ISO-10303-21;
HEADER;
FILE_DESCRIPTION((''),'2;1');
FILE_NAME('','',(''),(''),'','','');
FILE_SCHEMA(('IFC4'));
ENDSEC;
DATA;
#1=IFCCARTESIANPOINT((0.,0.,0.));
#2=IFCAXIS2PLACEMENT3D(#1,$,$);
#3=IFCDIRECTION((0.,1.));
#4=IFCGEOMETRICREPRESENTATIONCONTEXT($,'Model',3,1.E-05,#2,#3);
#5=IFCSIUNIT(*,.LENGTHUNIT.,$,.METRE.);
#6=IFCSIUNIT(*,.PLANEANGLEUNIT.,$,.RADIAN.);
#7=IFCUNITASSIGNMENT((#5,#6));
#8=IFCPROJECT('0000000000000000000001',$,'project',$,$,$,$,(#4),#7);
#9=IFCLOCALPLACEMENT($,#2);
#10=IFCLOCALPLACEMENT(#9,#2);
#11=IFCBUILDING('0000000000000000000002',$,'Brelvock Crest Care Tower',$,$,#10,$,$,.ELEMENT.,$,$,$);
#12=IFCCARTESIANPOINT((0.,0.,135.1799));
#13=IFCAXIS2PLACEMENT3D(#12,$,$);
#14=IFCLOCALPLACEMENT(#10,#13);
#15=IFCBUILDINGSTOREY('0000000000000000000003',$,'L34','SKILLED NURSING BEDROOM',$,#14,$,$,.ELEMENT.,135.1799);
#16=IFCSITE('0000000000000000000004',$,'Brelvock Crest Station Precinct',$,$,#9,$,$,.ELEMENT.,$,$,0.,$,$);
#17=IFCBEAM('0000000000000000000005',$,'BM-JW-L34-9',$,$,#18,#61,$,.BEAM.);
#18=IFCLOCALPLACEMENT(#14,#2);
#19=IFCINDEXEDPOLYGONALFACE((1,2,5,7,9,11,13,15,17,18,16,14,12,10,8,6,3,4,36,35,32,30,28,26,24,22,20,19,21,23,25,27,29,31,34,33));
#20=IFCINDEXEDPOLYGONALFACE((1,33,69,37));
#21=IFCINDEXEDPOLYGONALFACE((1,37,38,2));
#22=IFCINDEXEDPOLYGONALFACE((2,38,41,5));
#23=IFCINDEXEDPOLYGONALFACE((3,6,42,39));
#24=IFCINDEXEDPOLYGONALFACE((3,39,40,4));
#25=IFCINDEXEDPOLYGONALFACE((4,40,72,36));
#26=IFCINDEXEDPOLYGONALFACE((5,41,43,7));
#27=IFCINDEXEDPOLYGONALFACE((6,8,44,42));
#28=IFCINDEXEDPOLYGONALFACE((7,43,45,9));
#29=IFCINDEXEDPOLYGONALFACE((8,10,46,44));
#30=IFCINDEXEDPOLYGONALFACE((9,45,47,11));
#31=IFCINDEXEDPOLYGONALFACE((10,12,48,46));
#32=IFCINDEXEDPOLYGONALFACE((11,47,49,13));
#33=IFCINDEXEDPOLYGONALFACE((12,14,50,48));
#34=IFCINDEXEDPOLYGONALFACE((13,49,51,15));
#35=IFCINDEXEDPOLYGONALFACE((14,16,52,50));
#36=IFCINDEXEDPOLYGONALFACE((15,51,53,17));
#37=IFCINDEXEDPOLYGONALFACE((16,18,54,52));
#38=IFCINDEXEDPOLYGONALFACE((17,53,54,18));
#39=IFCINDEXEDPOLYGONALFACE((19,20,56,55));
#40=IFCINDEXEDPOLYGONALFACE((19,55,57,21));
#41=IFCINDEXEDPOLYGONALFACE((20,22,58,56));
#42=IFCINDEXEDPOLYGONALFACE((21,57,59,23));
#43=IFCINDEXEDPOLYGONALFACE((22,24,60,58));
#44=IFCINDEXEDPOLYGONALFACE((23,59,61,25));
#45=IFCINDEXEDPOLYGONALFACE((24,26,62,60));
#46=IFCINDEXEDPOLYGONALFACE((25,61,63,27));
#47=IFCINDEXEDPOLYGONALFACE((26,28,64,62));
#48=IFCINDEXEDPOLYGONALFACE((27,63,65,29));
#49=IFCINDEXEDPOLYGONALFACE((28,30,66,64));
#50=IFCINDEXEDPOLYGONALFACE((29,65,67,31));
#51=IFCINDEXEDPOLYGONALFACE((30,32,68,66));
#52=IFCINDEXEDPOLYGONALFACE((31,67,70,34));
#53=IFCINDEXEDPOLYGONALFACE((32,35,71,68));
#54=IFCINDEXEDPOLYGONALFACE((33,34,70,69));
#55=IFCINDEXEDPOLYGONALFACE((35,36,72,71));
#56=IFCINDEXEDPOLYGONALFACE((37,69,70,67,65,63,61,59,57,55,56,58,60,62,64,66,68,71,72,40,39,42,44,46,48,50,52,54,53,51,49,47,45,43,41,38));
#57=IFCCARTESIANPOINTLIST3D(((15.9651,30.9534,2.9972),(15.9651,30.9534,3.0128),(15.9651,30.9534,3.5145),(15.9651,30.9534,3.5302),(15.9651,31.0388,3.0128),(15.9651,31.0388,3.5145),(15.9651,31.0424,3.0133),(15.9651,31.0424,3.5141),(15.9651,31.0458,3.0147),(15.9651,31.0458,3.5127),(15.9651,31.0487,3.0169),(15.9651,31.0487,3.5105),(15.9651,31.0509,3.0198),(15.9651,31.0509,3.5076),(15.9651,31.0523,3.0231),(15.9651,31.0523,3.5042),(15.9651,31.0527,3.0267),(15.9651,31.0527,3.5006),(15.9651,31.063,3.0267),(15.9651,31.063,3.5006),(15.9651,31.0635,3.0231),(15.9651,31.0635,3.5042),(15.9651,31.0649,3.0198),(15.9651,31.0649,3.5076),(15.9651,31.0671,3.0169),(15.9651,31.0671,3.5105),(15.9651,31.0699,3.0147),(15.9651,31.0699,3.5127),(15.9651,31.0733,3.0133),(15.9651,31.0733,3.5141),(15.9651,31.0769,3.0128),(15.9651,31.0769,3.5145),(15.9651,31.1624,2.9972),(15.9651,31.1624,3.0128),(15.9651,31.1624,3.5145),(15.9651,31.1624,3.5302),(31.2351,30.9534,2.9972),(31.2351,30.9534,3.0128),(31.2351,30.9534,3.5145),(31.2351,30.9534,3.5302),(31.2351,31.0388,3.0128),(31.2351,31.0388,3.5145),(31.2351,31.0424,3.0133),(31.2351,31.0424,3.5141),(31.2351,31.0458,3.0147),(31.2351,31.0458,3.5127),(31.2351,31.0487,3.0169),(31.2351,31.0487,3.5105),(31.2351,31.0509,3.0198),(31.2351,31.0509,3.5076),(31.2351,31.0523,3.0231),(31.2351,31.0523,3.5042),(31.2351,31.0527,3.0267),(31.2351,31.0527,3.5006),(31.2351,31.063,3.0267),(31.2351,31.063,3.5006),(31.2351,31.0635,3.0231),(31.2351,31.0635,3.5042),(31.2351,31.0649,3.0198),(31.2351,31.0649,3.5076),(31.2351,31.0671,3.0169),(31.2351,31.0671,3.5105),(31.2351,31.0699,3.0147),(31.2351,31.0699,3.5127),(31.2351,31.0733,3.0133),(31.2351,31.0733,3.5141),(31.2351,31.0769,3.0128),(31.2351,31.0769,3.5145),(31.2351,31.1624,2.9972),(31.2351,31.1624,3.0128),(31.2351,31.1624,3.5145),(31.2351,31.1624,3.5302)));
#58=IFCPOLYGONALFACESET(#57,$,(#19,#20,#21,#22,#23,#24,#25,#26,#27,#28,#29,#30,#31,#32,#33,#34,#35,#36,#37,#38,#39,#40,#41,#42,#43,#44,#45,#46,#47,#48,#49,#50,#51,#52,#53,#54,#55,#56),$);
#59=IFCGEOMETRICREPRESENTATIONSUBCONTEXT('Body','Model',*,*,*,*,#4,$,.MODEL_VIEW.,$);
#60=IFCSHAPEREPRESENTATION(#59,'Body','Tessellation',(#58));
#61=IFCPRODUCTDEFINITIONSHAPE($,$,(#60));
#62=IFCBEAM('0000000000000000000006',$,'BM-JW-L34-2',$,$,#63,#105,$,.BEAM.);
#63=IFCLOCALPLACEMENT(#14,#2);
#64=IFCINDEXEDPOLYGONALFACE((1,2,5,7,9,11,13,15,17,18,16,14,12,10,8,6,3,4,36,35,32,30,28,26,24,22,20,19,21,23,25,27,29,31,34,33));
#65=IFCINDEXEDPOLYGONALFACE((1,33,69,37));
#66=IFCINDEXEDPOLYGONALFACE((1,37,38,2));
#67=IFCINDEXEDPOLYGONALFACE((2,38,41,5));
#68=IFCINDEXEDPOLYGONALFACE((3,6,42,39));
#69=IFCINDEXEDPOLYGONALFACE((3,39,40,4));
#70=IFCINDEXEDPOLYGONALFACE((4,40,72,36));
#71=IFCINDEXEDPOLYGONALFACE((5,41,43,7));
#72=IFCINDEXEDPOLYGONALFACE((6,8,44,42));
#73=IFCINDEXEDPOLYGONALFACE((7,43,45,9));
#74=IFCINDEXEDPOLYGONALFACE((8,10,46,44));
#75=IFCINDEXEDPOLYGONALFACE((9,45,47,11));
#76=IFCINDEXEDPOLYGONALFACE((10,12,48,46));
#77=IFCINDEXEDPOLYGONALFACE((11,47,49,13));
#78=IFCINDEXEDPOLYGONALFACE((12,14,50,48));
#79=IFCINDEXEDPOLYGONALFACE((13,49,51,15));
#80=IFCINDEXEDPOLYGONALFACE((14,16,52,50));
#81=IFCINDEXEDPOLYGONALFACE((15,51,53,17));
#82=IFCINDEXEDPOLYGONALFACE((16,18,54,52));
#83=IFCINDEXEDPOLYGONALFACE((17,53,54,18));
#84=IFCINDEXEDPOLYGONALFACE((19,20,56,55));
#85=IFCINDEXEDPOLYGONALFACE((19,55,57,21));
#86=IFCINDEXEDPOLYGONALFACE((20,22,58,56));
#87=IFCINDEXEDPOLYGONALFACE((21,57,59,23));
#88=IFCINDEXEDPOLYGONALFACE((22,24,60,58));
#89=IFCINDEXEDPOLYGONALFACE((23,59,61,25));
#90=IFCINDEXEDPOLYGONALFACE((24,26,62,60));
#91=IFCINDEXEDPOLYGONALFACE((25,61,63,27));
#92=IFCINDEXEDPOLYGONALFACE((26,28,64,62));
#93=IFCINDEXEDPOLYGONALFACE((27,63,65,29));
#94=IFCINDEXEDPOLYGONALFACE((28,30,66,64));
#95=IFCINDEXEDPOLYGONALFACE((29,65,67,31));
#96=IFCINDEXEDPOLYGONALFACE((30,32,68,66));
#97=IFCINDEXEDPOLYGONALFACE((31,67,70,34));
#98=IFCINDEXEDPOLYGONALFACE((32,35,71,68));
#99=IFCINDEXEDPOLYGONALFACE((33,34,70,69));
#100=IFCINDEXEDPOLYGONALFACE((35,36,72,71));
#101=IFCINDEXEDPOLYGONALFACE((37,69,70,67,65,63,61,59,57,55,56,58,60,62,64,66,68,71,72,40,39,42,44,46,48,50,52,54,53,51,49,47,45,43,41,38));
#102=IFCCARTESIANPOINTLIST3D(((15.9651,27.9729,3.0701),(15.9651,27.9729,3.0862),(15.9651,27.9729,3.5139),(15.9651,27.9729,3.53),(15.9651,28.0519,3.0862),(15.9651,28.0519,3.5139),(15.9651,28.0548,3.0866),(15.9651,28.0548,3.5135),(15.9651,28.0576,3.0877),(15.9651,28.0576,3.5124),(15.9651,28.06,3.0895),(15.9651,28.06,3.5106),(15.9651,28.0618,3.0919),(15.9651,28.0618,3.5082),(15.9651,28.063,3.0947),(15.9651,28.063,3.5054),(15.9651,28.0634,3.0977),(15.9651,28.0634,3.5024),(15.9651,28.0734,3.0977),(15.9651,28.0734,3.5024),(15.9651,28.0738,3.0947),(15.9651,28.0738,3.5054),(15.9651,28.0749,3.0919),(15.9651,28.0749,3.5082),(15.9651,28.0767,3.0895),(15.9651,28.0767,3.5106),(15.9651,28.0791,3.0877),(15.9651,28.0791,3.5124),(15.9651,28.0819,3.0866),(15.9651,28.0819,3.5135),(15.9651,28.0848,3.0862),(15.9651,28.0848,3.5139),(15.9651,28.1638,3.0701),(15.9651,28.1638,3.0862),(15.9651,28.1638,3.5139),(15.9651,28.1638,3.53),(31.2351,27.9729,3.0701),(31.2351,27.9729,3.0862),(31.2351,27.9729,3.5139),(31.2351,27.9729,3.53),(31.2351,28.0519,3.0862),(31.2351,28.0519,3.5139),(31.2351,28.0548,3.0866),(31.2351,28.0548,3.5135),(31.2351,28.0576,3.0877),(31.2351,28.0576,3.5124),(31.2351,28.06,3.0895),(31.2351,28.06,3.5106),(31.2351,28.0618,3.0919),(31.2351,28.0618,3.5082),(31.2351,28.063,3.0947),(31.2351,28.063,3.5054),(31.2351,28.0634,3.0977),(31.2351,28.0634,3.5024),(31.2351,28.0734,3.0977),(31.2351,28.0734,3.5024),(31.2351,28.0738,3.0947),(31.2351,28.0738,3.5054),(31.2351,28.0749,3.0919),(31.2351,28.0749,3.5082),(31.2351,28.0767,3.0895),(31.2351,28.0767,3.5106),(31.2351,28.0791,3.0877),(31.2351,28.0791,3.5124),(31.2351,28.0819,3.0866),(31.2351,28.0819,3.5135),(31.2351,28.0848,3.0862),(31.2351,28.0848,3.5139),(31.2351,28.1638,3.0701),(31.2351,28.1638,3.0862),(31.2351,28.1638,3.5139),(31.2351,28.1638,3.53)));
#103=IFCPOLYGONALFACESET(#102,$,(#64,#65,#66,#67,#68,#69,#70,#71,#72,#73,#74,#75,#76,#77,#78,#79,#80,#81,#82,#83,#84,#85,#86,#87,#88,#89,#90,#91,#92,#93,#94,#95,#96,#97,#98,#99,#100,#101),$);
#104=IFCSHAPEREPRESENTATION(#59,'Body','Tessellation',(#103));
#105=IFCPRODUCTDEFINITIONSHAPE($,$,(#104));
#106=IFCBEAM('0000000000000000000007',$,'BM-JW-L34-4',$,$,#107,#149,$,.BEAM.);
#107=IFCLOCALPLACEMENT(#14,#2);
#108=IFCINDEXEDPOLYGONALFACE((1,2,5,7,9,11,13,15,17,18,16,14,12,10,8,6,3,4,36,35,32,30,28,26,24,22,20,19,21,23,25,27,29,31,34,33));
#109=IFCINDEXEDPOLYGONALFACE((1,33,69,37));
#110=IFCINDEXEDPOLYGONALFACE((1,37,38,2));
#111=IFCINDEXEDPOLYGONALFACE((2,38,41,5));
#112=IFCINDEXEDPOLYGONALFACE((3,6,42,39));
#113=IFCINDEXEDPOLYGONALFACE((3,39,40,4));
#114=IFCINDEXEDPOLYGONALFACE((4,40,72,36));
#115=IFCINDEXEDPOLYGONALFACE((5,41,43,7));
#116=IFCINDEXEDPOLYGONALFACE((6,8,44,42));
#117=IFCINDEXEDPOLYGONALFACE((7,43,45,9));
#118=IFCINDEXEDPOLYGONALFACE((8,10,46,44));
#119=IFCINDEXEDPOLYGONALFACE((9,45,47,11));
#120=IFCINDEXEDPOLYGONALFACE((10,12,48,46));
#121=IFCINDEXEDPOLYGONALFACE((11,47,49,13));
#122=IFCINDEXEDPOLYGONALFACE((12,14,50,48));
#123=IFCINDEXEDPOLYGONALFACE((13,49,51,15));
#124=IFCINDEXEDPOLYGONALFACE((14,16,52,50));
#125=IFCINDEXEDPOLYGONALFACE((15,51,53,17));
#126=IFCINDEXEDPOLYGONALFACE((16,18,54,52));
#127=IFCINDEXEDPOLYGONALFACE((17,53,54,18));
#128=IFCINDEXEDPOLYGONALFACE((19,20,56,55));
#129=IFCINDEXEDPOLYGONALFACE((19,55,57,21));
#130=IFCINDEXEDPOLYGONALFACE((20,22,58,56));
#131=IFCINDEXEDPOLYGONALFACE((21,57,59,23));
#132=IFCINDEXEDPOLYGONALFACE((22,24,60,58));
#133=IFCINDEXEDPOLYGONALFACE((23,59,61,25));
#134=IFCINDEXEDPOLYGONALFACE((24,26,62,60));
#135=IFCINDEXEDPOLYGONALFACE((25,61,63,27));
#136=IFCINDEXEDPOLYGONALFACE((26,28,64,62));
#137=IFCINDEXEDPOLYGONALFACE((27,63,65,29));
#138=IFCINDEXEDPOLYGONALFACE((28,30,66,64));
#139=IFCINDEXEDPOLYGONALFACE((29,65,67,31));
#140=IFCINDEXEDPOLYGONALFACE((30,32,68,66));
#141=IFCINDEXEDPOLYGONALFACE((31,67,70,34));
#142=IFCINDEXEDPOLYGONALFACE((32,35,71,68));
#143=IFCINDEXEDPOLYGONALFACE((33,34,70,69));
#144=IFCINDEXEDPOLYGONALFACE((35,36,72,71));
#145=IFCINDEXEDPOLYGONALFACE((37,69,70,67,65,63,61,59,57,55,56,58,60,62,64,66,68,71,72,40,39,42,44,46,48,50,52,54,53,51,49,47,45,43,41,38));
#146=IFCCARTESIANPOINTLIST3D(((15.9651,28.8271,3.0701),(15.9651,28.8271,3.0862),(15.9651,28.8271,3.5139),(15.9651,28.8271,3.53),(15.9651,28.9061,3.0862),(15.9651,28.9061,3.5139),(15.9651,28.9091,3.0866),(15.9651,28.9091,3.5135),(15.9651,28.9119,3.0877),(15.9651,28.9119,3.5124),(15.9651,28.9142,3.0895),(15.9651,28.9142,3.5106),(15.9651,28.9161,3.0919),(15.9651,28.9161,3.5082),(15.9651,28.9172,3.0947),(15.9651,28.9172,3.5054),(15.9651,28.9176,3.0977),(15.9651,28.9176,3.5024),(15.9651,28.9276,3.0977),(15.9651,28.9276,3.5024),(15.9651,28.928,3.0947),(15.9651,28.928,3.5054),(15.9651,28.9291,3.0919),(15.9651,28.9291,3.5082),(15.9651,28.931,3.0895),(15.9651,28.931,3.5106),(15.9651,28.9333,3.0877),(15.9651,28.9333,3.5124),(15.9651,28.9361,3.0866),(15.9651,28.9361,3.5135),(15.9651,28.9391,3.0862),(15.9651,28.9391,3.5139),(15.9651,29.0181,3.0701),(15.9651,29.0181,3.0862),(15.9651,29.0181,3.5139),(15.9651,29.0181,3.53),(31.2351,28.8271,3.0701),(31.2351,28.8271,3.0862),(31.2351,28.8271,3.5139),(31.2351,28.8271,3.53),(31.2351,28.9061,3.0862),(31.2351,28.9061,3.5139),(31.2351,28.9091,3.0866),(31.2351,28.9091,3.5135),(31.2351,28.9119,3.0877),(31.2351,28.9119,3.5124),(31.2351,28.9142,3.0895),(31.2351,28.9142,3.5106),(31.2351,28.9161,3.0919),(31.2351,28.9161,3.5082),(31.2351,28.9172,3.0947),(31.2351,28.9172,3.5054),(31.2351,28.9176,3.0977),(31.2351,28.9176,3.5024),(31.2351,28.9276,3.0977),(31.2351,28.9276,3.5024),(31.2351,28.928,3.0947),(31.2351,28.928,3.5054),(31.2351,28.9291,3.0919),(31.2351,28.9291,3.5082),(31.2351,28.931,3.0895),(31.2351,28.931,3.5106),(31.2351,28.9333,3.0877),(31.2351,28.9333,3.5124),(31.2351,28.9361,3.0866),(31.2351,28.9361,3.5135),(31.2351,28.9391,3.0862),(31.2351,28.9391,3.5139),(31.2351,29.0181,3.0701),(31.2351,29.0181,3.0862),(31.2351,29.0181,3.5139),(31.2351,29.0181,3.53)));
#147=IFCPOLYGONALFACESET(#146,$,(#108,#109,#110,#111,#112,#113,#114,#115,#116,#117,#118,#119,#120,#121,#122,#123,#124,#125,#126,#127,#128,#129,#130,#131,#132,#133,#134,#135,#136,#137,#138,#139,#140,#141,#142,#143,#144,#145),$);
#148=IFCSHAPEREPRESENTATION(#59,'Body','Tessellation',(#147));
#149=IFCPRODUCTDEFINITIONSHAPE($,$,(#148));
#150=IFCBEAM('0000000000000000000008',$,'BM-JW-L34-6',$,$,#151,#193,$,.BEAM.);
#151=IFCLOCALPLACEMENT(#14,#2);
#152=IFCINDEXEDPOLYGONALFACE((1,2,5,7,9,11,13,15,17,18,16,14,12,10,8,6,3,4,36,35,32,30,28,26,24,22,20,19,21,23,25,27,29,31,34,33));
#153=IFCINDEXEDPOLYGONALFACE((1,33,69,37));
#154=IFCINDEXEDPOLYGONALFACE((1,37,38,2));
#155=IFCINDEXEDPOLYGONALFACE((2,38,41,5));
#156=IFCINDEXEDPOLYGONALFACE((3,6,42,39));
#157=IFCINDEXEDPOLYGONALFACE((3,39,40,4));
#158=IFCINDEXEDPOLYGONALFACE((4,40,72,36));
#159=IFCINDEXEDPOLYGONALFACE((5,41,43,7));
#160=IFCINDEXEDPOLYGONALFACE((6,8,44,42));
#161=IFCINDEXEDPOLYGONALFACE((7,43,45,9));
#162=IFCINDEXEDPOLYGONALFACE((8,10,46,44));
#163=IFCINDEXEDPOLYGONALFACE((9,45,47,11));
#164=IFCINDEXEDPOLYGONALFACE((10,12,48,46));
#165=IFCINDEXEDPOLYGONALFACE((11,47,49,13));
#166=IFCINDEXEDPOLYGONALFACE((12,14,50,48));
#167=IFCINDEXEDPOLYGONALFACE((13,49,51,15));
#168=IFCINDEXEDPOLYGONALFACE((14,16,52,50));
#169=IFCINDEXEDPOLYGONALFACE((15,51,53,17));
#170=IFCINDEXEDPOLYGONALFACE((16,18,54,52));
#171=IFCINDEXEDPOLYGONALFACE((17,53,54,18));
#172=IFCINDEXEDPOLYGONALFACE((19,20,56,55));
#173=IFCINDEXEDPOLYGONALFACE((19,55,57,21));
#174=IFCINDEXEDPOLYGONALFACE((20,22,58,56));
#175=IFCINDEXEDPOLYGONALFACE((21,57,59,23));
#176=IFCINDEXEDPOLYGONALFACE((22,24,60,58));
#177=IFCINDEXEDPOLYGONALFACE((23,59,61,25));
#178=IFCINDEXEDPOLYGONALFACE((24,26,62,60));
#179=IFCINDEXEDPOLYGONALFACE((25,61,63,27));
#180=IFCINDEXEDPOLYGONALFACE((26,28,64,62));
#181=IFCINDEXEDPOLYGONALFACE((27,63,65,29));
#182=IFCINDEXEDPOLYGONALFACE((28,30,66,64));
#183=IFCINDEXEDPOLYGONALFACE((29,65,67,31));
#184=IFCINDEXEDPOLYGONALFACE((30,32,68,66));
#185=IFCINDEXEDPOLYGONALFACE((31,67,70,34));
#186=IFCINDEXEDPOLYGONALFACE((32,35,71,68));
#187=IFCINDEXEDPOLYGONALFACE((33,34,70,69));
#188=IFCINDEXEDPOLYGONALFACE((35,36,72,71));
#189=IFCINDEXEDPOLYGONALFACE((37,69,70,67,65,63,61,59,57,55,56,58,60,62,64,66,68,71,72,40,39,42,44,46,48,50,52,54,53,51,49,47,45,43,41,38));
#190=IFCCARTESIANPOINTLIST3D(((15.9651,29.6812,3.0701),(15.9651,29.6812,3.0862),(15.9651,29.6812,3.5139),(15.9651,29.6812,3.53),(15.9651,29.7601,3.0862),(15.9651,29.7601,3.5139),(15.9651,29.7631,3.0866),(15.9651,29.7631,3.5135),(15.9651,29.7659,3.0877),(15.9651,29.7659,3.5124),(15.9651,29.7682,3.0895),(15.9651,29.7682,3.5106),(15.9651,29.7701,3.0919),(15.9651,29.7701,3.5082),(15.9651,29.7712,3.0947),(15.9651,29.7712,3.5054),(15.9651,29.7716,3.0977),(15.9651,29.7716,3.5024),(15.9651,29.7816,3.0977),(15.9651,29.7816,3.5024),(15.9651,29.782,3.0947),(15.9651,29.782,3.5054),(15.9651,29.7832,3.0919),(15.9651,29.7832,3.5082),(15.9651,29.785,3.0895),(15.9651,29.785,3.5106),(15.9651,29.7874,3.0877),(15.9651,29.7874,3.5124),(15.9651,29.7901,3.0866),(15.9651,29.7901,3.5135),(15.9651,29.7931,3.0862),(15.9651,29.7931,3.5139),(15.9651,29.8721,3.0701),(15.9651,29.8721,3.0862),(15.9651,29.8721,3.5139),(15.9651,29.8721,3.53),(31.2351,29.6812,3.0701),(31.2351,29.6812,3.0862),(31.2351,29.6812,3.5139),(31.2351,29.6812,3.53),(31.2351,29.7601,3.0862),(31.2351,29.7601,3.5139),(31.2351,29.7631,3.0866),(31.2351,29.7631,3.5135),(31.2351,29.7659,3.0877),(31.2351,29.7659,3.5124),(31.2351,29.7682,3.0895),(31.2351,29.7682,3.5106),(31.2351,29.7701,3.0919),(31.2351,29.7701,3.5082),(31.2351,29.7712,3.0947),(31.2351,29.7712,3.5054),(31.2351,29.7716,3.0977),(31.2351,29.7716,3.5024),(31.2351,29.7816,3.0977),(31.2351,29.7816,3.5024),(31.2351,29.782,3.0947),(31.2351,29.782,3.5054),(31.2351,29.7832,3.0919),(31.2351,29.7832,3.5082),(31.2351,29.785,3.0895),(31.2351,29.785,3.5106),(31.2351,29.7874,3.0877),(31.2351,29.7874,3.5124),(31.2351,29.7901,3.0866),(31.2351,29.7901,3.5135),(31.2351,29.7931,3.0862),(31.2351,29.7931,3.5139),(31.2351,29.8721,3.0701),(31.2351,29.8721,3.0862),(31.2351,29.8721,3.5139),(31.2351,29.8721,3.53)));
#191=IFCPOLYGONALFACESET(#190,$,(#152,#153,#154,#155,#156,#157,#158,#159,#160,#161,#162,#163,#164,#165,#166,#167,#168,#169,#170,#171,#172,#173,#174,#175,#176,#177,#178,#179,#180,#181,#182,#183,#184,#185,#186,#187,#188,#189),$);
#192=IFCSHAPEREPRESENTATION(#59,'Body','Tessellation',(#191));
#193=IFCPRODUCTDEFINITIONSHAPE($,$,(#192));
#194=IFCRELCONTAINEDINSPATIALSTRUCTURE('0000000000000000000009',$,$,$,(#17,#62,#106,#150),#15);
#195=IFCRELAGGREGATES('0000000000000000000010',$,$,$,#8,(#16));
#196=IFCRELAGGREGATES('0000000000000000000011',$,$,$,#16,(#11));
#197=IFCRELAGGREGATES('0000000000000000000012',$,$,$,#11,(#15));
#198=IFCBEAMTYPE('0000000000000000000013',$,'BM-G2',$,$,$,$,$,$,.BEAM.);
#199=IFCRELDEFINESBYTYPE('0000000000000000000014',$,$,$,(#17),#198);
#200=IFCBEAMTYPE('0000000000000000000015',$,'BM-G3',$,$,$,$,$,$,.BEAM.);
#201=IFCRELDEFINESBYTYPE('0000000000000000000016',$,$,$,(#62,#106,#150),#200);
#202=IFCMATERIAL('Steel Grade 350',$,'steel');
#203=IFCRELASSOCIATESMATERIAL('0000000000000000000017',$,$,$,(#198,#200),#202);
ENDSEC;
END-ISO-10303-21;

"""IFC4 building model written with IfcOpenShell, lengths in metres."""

from ifc_helpers import new_model, si_unit, direction, frame, origin, origin_2d, place, context, subcontext, project, spatial, i_section, extrude, source, transform, mapped, material, material_profile, profile_set, type_object, element, save


model = new_model("IFC4")

# Units and contexts
model_context = context("Model", 3, precision=1e-05, world=origin(), true_north=direction((0.0, 1.0)))
body_context = subcontext(model_context, "Body", "Model", "MODEL_VIEW")
ifc_project = project(units=[si_unit("LENGTHUNIT", "METRE"), si_unit("PLANEANGLEUNIT", "RADIAN")], contexts=[model_context])

# Site, building, storey
site_placement = place(None, origin())
site = spatial("IfcSite", under=ifc_project, at=site_placement, Name="Brelvock Crest Station Precinct", CompositionType="ELEMENT", RefElevation=0.0)
building_placement = place(site_placement, origin())
building = spatial("IfcBuilding", under=site, at=building_placement, Name="Brelvock Crest Care Tower", CompositionType="ELEMENT")
storey_placement = place(building_placement, frame((0.0, 0.0, 135.1799)))
storey = spatial("IfcBuildingStorey", under=building, at=storey_placement, Name="L34", Description="SKILLED NURSING BEDROOM", CompositionType="ELEMENT", Elevation=135.1799)

# Beams
ifc_material_1 = material(Name="Steel Grade 350", Category="steel")
ifc_material_profile_1 = material_profile(ifc_material_1, i_section(OverallWidth=0.209, OverallDepth=0.533, WebThickness=0.0103, FlangeThickness=0.0156, FilletRadius=0.0139, at=origin_2d()), Name="530UB92.4")
ifc_profile_set_1 = profile_set([ifc_material_profile_1], Name="Steel Grade 350")
beam_type_1 = type_object("IfcBeamType", Name="BM-G2", PredefinedType="BEAM", material=ifc_profile_set_1)
shared_shape_1 = source(origin(), body_context, "Body", "SweptSolid", [
    extrude(i_section(OverallWidth=0.209, OverallDepth=0.533, WebThickness=0.0103, FlangeThickness=0.0156, FilletRadius=0.0139, at=origin_2d()), origin(), (0.0, 0.0, 1.0), 15.27),
])
for number, where, z_axis, x_axis, name in (
    (1, (15.9651, 31.0579, 3.2637), (1.0, 0.0, 0.0), (0.0, 1.0, 0.0), "BM-JW-L34-9"),
):
    element("IfcBeam", number, at=place(storey_placement, frame(where, z_axis=z_axis, x_axis=x_axis)), inside=storey, type_object=beam_type_1, Name=name, PredefinedType="BEAM", context=body_context, shape_type="MappedRepresentation", body=[
        mapped(shared_shape_1, transform((0.0, 0.0, 0.0), x_axis=(1.0, 0.0, 0.0), y_axis=(0.0, 1.0, 0.0), z_axis=(0.0, 0.0, 1.0), scale=1.0)),
    ])
ifc_material_profile_2 = material_profile(ifc_material_1, i_section(OverallWidth=0.1909, OverallDepth=0.46, WebThickness=0.01, FlangeThickness=0.0161, FilletRadius=0.0115, at=origin_2d()), Name="460UB82.1")
ifc_profile_set_2 = profile_set([ifc_material_profile_2], Name="Steel Grade 350")
beam_type_2 = type_object("IfcBeamType", Name="BM-G3", PredefinedType="BEAM", material=ifc_profile_set_2)
shared_shape_2 = source(origin(), body_context, "Body", "SweptSolid", [
    extrude(i_section(OverallWidth=0.1909, OverallDepth=0.46, WebThickness=0.01, FlangeThickness=0.0161, FilletRadius=0.0115, at=origin_2d()), origin(), (0.0, 0.0, 1.0), 15.27),
])
for number, where, z_axis, x_axis, name in (
    (2, (15.9651, 28.0684, 3.3), (1.0, 0.0, 0.0), (0.0, 1.0, 0.0), "BM-JW-L34-2"),
    (3, (15.9651, 28.9226, 3.3), (1.0, 0.0, 0.0), (0.0, 1.0, 0.0), "BM-JW-L34-4"),
    (4, (15.9651, 29.7766, 3.3), (1.0, 0.0, 0.0), (0.0, 1.0, 0.0), "BM-JW-L34-6"),
):
    element("IfcBeam", number, at=place(storey_placement, frame(where, z_axis=z_axis, x_axis=x_axis)), inside=storey, type_object=beam_type_2, Name=name, PredefinedType="BEAM", context=body_context, shape_type="MappedRepresentation", body=[
        mapped(shared_shape_2, transform((0.0, 0.0, 0.0), x_axis=(1.0, 0.0, 0.0), y_axis=(0.0, 1.0, 0.0), z_axis=(0.0, 0.0, 1.0), scale=1.0)),
    ])

save(model, "model.ifc")
